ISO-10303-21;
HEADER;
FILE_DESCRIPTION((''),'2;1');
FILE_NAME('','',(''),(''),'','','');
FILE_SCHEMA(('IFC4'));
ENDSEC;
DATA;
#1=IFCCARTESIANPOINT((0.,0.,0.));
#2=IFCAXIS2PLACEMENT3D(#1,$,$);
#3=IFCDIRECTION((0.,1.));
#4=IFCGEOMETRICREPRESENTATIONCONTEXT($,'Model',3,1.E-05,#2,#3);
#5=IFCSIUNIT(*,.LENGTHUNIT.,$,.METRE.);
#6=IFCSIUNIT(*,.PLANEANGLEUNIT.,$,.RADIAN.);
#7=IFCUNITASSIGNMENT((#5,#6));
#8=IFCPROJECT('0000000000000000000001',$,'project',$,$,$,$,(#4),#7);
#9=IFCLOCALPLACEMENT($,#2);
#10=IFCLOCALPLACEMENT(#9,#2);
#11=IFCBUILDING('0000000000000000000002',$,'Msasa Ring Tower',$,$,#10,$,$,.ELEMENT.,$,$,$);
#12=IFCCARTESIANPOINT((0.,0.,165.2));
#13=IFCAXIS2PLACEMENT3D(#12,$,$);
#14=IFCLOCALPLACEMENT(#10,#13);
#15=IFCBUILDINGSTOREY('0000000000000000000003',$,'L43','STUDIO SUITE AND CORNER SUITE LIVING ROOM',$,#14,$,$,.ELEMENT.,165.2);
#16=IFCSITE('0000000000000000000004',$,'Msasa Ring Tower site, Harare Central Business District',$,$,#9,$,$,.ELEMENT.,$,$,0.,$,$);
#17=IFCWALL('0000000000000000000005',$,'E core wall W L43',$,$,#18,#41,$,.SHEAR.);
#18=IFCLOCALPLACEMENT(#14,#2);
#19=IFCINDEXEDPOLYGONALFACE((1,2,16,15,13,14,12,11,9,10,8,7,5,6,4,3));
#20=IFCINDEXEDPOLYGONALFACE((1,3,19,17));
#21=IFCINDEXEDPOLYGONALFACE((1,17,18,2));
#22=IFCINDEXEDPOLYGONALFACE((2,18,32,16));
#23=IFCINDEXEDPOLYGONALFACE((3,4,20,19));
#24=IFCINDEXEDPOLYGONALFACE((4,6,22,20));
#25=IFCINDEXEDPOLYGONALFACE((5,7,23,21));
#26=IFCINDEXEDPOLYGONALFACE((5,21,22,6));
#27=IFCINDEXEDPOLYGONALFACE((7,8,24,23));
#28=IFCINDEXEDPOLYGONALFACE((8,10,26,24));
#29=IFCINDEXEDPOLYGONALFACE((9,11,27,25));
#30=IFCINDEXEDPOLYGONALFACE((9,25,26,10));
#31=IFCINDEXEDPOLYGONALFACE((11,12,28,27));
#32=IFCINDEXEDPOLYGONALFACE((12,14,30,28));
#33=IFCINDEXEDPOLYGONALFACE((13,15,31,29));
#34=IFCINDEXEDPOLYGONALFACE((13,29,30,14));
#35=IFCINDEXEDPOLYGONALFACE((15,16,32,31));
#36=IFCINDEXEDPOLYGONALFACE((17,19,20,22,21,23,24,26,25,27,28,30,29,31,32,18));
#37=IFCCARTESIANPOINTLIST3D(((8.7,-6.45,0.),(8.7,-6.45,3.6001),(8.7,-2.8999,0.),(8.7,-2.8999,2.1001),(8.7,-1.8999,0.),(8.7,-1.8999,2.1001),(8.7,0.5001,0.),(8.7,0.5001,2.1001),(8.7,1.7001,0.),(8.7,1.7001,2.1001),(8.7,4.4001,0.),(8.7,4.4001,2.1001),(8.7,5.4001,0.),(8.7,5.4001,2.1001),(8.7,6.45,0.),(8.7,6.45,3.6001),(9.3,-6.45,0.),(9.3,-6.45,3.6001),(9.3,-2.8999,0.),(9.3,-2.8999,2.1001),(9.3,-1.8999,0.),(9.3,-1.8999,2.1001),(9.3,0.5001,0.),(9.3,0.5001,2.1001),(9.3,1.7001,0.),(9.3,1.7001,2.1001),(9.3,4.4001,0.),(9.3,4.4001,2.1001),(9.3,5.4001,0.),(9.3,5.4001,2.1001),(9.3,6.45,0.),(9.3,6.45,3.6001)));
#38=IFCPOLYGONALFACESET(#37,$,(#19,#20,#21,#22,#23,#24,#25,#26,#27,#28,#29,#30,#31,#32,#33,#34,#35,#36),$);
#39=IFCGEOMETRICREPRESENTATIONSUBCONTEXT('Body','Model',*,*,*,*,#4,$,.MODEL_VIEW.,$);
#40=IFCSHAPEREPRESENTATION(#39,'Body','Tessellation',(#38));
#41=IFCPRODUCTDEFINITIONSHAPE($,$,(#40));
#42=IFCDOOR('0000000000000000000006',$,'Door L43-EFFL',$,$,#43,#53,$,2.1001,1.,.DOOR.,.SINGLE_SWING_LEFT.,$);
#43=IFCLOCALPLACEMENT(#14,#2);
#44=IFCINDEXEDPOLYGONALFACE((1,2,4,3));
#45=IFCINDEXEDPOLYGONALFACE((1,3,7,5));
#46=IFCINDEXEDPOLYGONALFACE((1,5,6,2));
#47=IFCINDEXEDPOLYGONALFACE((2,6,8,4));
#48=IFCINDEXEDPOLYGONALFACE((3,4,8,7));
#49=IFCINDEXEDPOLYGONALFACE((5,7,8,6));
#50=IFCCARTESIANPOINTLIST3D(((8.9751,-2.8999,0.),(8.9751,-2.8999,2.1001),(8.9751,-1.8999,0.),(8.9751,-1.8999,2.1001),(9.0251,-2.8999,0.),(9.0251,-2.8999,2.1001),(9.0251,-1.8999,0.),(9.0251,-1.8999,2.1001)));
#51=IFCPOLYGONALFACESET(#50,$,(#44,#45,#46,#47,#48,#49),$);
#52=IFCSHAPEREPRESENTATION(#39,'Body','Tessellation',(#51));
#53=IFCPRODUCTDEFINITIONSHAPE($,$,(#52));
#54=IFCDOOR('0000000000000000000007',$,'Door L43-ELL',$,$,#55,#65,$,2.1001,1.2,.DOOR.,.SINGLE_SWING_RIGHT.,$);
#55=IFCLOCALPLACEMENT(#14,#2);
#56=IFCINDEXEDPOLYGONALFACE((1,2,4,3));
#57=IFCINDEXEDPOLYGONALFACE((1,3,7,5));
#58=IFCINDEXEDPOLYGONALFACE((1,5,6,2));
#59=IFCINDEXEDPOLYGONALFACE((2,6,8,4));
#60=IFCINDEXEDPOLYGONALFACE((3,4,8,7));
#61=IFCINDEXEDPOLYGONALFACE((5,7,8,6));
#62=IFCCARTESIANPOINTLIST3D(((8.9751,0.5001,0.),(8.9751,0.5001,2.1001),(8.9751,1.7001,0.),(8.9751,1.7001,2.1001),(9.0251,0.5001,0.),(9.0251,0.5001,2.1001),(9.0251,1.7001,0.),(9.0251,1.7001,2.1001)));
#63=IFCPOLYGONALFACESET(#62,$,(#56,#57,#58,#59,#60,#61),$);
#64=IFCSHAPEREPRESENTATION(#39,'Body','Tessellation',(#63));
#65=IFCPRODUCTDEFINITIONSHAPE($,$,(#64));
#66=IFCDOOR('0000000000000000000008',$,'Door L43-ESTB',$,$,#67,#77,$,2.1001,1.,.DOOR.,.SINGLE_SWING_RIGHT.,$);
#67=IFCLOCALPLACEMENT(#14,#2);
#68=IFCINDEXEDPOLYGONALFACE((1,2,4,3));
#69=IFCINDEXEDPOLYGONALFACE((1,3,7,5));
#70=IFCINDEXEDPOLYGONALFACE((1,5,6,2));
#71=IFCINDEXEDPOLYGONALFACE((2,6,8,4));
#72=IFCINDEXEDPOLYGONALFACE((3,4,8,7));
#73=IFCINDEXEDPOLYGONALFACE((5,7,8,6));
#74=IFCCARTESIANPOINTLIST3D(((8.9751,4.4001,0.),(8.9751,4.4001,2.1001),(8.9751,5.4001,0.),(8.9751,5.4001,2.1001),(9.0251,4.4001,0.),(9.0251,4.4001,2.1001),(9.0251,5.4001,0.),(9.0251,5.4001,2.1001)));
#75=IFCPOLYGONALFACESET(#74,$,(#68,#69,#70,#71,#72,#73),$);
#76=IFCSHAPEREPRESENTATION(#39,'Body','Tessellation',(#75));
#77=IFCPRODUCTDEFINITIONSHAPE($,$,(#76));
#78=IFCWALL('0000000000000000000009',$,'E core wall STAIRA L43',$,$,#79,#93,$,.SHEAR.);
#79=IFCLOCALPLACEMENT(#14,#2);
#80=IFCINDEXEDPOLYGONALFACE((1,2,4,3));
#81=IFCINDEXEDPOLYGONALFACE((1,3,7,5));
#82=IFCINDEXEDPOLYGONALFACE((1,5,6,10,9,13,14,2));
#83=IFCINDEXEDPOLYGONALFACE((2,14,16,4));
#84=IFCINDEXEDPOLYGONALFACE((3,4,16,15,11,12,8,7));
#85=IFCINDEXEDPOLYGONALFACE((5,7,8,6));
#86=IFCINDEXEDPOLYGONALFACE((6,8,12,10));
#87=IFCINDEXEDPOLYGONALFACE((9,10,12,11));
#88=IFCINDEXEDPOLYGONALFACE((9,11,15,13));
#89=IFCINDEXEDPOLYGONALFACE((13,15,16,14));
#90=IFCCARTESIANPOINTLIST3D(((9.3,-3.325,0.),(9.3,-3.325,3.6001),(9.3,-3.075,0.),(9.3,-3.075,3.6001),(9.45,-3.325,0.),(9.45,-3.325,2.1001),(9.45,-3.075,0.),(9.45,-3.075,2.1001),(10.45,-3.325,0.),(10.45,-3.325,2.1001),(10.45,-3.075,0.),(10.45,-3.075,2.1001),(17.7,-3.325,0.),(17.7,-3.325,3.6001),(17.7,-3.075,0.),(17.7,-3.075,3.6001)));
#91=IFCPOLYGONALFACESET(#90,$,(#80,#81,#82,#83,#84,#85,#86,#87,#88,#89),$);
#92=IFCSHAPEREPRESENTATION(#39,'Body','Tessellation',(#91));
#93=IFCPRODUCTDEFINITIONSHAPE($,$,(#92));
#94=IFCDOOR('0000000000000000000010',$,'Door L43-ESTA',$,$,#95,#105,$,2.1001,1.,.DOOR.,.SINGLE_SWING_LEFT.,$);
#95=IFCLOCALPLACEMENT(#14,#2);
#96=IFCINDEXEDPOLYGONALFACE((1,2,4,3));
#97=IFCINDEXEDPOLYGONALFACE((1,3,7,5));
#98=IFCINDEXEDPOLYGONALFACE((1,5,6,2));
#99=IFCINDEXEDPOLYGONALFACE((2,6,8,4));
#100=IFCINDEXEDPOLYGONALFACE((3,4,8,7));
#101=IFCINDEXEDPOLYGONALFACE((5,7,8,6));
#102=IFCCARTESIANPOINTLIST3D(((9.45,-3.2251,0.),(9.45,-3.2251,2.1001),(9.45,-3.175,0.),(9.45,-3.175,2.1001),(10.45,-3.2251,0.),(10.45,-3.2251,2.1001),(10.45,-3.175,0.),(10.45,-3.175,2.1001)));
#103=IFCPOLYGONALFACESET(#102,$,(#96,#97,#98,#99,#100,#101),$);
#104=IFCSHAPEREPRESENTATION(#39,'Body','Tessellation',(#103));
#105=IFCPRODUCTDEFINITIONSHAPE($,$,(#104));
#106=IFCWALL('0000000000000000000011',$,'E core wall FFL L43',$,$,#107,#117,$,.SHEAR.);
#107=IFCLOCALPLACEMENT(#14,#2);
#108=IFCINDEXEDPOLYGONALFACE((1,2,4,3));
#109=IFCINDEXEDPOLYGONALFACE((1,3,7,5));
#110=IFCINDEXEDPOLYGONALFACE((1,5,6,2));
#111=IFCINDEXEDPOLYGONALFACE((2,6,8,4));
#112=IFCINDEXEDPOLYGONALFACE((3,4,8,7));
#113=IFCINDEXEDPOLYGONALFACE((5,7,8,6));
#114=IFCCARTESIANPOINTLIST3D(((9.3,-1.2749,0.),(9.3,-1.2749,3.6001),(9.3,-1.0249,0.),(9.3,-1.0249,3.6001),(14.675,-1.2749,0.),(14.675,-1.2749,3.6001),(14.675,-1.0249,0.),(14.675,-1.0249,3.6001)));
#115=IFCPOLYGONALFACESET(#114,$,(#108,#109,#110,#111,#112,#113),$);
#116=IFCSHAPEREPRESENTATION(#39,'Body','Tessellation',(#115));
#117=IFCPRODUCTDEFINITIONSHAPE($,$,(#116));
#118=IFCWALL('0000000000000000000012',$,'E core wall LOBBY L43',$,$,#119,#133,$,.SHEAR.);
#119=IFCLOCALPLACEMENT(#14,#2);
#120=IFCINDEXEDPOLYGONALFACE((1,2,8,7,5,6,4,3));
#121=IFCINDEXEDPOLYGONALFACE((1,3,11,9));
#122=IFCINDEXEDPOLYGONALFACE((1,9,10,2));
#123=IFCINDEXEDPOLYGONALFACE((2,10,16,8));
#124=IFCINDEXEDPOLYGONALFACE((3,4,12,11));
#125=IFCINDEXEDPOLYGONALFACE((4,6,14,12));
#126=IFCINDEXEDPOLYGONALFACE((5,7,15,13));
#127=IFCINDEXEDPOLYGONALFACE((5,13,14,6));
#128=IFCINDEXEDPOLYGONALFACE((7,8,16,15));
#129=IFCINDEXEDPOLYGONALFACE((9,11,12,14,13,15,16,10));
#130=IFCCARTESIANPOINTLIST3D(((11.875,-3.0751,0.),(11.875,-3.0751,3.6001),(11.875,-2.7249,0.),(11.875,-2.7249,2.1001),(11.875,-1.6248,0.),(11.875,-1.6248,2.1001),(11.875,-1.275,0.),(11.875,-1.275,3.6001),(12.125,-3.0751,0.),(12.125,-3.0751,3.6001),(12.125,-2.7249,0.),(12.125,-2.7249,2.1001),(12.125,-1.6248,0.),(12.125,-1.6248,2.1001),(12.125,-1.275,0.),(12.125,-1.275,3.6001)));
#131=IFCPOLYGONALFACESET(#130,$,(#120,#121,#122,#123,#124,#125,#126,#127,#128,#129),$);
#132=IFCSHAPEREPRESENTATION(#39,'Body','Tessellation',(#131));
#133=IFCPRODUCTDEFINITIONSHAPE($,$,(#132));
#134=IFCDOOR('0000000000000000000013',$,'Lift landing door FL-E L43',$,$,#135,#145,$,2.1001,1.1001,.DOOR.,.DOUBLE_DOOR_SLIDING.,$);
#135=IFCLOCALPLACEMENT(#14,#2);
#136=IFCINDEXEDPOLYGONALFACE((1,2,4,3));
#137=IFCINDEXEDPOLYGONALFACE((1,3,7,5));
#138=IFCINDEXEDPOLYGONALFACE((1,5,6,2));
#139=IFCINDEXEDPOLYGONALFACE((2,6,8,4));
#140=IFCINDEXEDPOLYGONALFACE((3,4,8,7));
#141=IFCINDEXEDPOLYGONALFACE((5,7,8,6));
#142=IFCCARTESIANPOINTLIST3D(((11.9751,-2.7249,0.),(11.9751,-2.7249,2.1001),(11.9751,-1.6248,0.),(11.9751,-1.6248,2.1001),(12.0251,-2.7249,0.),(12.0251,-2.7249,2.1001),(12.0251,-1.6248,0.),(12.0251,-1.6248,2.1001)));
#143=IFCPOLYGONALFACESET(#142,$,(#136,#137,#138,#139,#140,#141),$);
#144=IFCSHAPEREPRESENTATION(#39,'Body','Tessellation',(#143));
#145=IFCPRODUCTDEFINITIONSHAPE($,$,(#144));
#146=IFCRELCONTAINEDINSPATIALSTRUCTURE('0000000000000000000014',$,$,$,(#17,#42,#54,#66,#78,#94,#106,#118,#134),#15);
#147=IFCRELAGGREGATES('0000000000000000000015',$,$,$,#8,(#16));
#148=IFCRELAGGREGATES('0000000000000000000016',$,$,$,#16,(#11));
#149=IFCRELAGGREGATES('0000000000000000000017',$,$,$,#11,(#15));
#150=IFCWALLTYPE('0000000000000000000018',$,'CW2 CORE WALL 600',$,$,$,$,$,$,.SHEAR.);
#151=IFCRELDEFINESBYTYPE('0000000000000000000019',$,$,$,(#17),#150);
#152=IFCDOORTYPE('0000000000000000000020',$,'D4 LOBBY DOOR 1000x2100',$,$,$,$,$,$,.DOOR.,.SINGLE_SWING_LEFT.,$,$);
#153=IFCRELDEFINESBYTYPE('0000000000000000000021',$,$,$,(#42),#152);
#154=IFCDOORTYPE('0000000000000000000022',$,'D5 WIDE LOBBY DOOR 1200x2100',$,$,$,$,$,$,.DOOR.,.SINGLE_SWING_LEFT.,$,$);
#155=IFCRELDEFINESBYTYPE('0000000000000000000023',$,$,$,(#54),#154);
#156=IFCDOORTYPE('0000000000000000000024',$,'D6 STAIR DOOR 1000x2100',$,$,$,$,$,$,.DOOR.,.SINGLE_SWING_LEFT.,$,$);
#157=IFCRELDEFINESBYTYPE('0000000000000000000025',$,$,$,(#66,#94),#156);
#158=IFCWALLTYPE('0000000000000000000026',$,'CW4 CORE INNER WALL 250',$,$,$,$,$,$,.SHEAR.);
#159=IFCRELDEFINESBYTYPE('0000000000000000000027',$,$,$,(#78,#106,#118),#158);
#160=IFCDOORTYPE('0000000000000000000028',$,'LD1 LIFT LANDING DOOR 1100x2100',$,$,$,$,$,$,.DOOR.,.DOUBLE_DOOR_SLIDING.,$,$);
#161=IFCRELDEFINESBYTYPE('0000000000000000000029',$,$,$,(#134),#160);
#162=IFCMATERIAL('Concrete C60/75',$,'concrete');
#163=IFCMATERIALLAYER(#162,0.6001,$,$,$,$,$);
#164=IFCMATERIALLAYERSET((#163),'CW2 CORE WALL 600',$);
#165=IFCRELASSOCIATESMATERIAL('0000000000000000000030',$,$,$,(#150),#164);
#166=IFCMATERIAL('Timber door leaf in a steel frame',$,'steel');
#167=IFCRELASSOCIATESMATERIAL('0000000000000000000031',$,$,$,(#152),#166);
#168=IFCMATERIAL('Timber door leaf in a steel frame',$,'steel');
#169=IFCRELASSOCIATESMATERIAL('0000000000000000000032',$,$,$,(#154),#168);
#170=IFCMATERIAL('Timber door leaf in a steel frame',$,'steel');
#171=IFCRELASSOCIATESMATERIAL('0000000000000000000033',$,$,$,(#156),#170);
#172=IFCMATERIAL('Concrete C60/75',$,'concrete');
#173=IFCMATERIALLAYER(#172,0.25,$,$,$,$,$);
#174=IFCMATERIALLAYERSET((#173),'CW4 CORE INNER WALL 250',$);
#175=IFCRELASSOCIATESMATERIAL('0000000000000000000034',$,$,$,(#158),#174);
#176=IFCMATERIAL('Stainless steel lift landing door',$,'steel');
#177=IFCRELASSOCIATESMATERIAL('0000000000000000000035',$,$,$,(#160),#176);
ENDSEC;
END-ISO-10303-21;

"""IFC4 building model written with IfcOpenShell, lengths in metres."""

from ifc_helpers import new_model, si_unit, direction, frame, frame_2d, origin, place, context, subcontext, project, spatial, rectangle, extrude, material, layer, layer_set, type_object, element, fill, save


model = new_model("IFC4")

# Units and contexts
model_context = context("Model", 3, precision=1e-05, world=origin(), true_north=direction((0.0, 1.0)))
body_context = subcontext(model_context, "Body", "Model", "MODEL_VIEW")
ifc_project = project(units=[si_unit("LENGTHUNIT", "METRE"), si_unit("PLANEANGLEUNIT", "RADIAN")], contexts=[model_context])

# Site, building, storey
site_placement = place(None, origin())
site = spatial("IfcSite", under=ifc_project, at=site_placement, Name="Msasa Ring Tower site, Harare Central Business District", CompositionType="ELEMENT", RefElevation=0.0)
building_placement = place(site_placement, origin())
building = spatial("IfcBuilding", under=site, at=building_placement, Name="Msasa Ring Tower", CompositionType="ELEMENT")
storey_placement = place(building_placement, frame((0.0, 0.0, 165.2)))
storey = spatial("IfcBuildingStorey", under=building, at=storey_placement, Name="L43", Description="STUDIO SUITE AND CORNER SUITE LIVING ROOM", CompositionType="ELEMENT", Elevation=165.2)

# Shared definitions
ifc_material_1 = material(Name="Concrete C60/75", Category="concrete")
ifc_layer_1 = layer(ifc_material_1, 0.6001)
ifc_layer_set_1 = layer_set([ifc_layer_1], Name="CW2 CORE WALL 600")
wall_type_1 = type_object("IfcWallType", Name="CW2 CORE WALL 600", PredefinedType="SHEAR", material=ifc_layer_set_1)

# Wall, openings, doors
wall_1_placement = place(storey_placement, frame((9.0, -6.45, 0.0), z_axis=(0.0, 0.0, 1.0), x_axis=(0.0, 1.0, 0.0)))
wall_1 = element("IfcWall", 1, at=wall_1_placement, inside=storey, type_object=wall_type_1, Name="E core wall W L43", PredefinedType="SHEAR", context=body_context, shape_type="SweptSolid", body=[
    extrude(rectangle(XDim=12.8999, YDim=0.6001, at=frame_2d((6.45, 0.0))), origin(), (0.0, 0.0, 1.0), 3.6001),
])
opening_1_placement = place(wall_1_placement, frame((3.55, 0.0, 0.0)))
opening_1 = element("IfcOpeningElement", 2, at=opening_1_placement, cuts=wall_1, PredefinedType="OPENING", context=body_context, shape_type="SweptSolid", body=[
    extrude(rectangle(XDim=1.0, YDim=2.1001, at=frame_2d((0.5, 1.05))), frame((0.0, 0.3101, 0.0), z_axis=(0.0, -1.0, 0.0), x_axis=(1.0, 0.0, 0.0)), (0.0, 0.0, 1.0), 0.6201),
])
opening_2_placement = place(wall_1_placement, frame((6.95, 0.0, 0.0)))
opening_2 = element("IfcOpeningElement", 3, at=opening_2_placement, cuts=wall_1, PredefinedType="OPENING", context=body_context, shape_type="SweptSolid", body=[
    extrude(rectangle(XDim=1.2, YDim=2.1001, at=frame_2d((0.6001, 1.05))), frame((0.0, 0.3101, 0.0), z_axis=(0.0, -1.0, 0.0), x_axis=(1.0, 0.0, 0.0)), (0.0, 0.0, 1.0), 0.6201),
])
opening_3_placement = place(wall_1_placement, frame((10.8501, 0.0, 0.0)))
opening_3 = element("IfcOpeningElement", 4, at=opening_3_placement, cuts=wall_1, PredefinedType="OPENING", context=body_context, shape_type="SweptSolid", body=[
    extrude(rectangle(XDim=1.0, YDim=2.1001, at=frame_2d((0.5, 1.05))), frame((0.0, 0.3101, 0.0), z_axis=(0.0, -1.0, 0.0), x_axis=(1.0, 0.0, 0.0)), (0.0, 0.0, 1.0), 0.6201),
])
ifc_material_2 = material(Name="Timber door leaf in a steel frame", Category="steel")
door_type_1 = type_object("IfcDoorType", Name="D4 LOBBY DOOR 1000x2100", OperationType="SINGLE_SWING_LEFT", PredefinedType="DOOR", material=ifc_material_2)
door_1_placement = place(opening_1_placement, origin())
door_1 = element("IfcDoor", 5, at=door_1_placement, inside=storey, type_object=door_type_1, Name="Door L43-EFFL", OperationType="SINGLE_SWING_LEFT", OverallHeight=2.1001, OverallWidth=1.0, PredefinedType="DOOR", context=body_context, shape_type="SweptSolid", body=[
    extrude(rectangle(XDim=1.0, YDim=2.1001, at=frame_2d((0.5, 1.05))), frame((0.0, 0.0249, 0.0), z_axis=(0.0, -1.0, 0.0), x_axis=(1.0, 0.0, 0.0)), (0.0, 0.0, 1.0), 0.05),
])
fill(opening_1, door_1)
ifc_material_3 = material(Name="Timber door leaf in a steel frame", Category="steel")
door_type_2 = type_object("IfcDoorType", Name="D5 WIDE LOBBY DOOR 1200x2100", OperationType="SINGLE_SWING_LEFT", PredefinedType="DOOR", material=ifc_material_3)
door_2_placement = place(opening_2_placement, origin())
door_2 = element("IfcDoor", 6, at=door_2_placement, inside=storey, type_object=door_type_2, Name="Door L43-ELL", OperationType="SINGLE_SWING_RIGHT", OverallHeight=2.1001, OverallWidth=1.2, PredefinedType="DOOR", context=body_context, shape_type="SweptSolid", body=[
    extrude(rectangle(XDim=1.2, YDim=2.1001, at=frame_2d((0.6001, 1.05))), frame((0.0, 0.0249, 0.0), z_axis=(0.0, -1.0, 0.0), x_axis=(1.0, 0.0, 0.0)), (0.0, 0.0, 1.0), 0.05),
])
fill(opening_2, door_2)
ifc_material_4 = material(Name="Timber door leaf in a steel frame", Category="steel")
door_type_3 = type_object("IfcDoorType", Name="D6 STAIR DOOR 1000x2100", OperationType="SINGLE_SWING_LEFT", PredefinedType="DOOR", material=ifc_material_4)
door_3_placement = place(opening_3_placement, origin())
door_3 = element("IfcDoor", 7, at=door_3_placement, inside=storey, type_object=door_type_3, Name="Door L43-ESTB", OperationType="SINGLE_SWING_RIGHT", OverallHeight=2.1001, OverallWidth=1.0, PredefinedType="DOOR", context=body_context, shape_type="SweptSolid", body=[
    extrude(rectangle(XDim=1.0, YDim=2.1001, at=frame_2d((0.5, 1.05))), frame((0.0, 0.0249, 0.0), z_axis=(0.0, -1.0, 0.0), x_axis=(1.0, 0.0, 0.0)), (0.0, 0.0, 1.0), 0.05),
])
fill(opening_3, door_3)

# Wall, opening, door
ifc_material_5 = material(Name="Concrete C60/75", Category="concrete")
ifc_layer_2 = layer(ifc_material_5, 0.25)
ifc_layer_set_2 = layer_set([ifc_layer_2], Name="CW4 CORE INNER WALL 250")
wall_type_2 = type_object("IfcWallType", Name="CW4 CORE INNER WALL 250", PredefinedType="SHEAR", material=ifc_layer_set_2)
wall_2_placement = place(storey_placement, frame((9.3, -3.2, 0.0), z_axis=(0.0, 0.0, 1.0), x_axis=(1.0, 0.0, 0.0)))
wall_2 = element("IfcWall", 8, at=wall_2_placement, inside=storey, type_object=wall_type_2, Name="E core wall STAIRA L43", PredefinedType="SHEAR", context=body_context, shape_type="SweptSolid", body=[
    extrude(rectangle(XDim=8.3999, YDim=0.25, at=frame_2d((4.2, 0.0))), origin(), (0.0, 0.0, 1.0), 3.6001),
])
opening_4_placement = place(wall_2_placement, frame((0.1499, 0.0, 0.0)))
opening_4 = element("IfcOpeningElement", 9, at=opening_4_placement, cuts=wall_2, PredefinedType="OPENING", context=body_context, shape_type="SweptSolid", body=[
    extrude(rectangle(XDim=1.0, YDim=2.1001, at=frame_2d((0.5, 1.05))), frame((0.0, 0.135, 0.0), z_axis=(0.0, -1.0, 0.0), x_axis=(1.0, 0.0, 0.0)), (0.0, 0.0, 1.0), 0.27),
])
door_4_placement = place(opening_4_placement, origin())
door_4 = element("IfcDoor", 10, at=door_4_placement, inside=storey, type_object=door_type_3, Name="Door L43-ESTA", OperationType="SINGLE_SWING_LEFT", OverallHeight=2.1001, OverallWidth=1.0, PredefinedType="DOOR", context=body_context, shape_type="SweptSolid", body=[
    extrude(rectangle(XDim=1.0, YDim=2.1001, at=frame_2d((0.5, 1.05))), frame((0.0, 0.0249, 0.0), z_axis=(0.0, -1.0, 0.0), x_axis=(1.0, 0.0, 0.0)), (0.0, 0.0, 1.0), 0.05),
])
fill(opening_4, door_4)

# Wall
wall_3_placement = place(storey_placement, frame((9.3, -1.1499, 0.0), z_axis=(0.0, 0.0, 1.0), x_axis=(1.0, 0.0, 0.0)))
element("IfcWall", 11, at=wall_3_placement, inside=storey, type_object=wall_type_2, Name="E core wall FFL L43", PredefinedType="SHEAR", context=body_context, shape_type="SweptSolid", body=[
    extrude(rectangle(XDim=5.375, YDim=0.25, at=frame_2d((2.6875, 0.0))), origin(), (0.0, 0.0, 1.0), 3.6001),
])

# Wall, opening, door
wall_4_placement = place(storey_placement, frame((12.0, -3.075, 0.0), z_axis=(0.0, 0.0, 1.0), x_axis=(0.0, 1.0, 0.0)))
wall_4 = element("IfcWall", 12, at=wall_4_placement, inside=storey, type_object=wall_type_2, Name="E core wall LOBBY L43", PredefinedType="SHEAR", context=body_context, shape_type="SweptSolid", body=[
    extrude(rectangle(XDim=1.8, YDim=0.25, at=frame_2d((0.8999, 0.0))), origin(), (0.0, 0.0, 1.0), 3.6001),
])
opening_5_placement = place(wall_4_placement, frame((0.3501, 0.0, 0.0)))
opening_5 = element("IfcOpeningElement", 13, at=opening_5_placement, cuts=wall_4, PredefinedType="OPENING", context=body_context, shape_type="SweptSolid", body=[
    extrude(rectangle(XDim=1.1001, YDim=2.1001, at=frame_2d((0.55, 1.05))), frame((0.0, 0.135, 0.0), z_axis=(0.0, -1.0, 0.0), x_axis=(1.0, 0.0, 0.0)), (0.0, 0.0, 1.0), 0.27),
])
ifc_material_6 = material(Name="Stainless steel lift landing door", Category="steel")
door_type_4 = type_object("IfcDoorType", Name="LD1 LIFT LANDING DOOR 1100x2100", OperationType="DOUBLE_DOOR_SLIDING", PredefinedType="DOOR", material=ifc_material_6)
door_5_placement = place(opening_5_placement, origin())
door_5 = element("IfcDoor", 14, at=door_5_placement, inside=storey, type_object=door_type_4, Name="Lift landing door FL-E L43", OperationType="DOUBLE_DOOR_SLIDING", OverallHeight=2.1001, OverallWidth=1.1001, PredefinedType="DOOR", context=body_context, shape_type="SweptSolid", body=[
    extrude(rectangle(XDim=1.1001, YDim=2.1001, at=frame_2d((0.55, 1.05))), frame((0.0, 0.0249, 0.0), z_axis=(0.0, -1.0, 0.0), x_axis=(1.0, 0.0, 0.0)), (0.0, 0.0, 1.0), 0.05),
])
fill(opening_5, door_5)

save(model, "model.ifc")
